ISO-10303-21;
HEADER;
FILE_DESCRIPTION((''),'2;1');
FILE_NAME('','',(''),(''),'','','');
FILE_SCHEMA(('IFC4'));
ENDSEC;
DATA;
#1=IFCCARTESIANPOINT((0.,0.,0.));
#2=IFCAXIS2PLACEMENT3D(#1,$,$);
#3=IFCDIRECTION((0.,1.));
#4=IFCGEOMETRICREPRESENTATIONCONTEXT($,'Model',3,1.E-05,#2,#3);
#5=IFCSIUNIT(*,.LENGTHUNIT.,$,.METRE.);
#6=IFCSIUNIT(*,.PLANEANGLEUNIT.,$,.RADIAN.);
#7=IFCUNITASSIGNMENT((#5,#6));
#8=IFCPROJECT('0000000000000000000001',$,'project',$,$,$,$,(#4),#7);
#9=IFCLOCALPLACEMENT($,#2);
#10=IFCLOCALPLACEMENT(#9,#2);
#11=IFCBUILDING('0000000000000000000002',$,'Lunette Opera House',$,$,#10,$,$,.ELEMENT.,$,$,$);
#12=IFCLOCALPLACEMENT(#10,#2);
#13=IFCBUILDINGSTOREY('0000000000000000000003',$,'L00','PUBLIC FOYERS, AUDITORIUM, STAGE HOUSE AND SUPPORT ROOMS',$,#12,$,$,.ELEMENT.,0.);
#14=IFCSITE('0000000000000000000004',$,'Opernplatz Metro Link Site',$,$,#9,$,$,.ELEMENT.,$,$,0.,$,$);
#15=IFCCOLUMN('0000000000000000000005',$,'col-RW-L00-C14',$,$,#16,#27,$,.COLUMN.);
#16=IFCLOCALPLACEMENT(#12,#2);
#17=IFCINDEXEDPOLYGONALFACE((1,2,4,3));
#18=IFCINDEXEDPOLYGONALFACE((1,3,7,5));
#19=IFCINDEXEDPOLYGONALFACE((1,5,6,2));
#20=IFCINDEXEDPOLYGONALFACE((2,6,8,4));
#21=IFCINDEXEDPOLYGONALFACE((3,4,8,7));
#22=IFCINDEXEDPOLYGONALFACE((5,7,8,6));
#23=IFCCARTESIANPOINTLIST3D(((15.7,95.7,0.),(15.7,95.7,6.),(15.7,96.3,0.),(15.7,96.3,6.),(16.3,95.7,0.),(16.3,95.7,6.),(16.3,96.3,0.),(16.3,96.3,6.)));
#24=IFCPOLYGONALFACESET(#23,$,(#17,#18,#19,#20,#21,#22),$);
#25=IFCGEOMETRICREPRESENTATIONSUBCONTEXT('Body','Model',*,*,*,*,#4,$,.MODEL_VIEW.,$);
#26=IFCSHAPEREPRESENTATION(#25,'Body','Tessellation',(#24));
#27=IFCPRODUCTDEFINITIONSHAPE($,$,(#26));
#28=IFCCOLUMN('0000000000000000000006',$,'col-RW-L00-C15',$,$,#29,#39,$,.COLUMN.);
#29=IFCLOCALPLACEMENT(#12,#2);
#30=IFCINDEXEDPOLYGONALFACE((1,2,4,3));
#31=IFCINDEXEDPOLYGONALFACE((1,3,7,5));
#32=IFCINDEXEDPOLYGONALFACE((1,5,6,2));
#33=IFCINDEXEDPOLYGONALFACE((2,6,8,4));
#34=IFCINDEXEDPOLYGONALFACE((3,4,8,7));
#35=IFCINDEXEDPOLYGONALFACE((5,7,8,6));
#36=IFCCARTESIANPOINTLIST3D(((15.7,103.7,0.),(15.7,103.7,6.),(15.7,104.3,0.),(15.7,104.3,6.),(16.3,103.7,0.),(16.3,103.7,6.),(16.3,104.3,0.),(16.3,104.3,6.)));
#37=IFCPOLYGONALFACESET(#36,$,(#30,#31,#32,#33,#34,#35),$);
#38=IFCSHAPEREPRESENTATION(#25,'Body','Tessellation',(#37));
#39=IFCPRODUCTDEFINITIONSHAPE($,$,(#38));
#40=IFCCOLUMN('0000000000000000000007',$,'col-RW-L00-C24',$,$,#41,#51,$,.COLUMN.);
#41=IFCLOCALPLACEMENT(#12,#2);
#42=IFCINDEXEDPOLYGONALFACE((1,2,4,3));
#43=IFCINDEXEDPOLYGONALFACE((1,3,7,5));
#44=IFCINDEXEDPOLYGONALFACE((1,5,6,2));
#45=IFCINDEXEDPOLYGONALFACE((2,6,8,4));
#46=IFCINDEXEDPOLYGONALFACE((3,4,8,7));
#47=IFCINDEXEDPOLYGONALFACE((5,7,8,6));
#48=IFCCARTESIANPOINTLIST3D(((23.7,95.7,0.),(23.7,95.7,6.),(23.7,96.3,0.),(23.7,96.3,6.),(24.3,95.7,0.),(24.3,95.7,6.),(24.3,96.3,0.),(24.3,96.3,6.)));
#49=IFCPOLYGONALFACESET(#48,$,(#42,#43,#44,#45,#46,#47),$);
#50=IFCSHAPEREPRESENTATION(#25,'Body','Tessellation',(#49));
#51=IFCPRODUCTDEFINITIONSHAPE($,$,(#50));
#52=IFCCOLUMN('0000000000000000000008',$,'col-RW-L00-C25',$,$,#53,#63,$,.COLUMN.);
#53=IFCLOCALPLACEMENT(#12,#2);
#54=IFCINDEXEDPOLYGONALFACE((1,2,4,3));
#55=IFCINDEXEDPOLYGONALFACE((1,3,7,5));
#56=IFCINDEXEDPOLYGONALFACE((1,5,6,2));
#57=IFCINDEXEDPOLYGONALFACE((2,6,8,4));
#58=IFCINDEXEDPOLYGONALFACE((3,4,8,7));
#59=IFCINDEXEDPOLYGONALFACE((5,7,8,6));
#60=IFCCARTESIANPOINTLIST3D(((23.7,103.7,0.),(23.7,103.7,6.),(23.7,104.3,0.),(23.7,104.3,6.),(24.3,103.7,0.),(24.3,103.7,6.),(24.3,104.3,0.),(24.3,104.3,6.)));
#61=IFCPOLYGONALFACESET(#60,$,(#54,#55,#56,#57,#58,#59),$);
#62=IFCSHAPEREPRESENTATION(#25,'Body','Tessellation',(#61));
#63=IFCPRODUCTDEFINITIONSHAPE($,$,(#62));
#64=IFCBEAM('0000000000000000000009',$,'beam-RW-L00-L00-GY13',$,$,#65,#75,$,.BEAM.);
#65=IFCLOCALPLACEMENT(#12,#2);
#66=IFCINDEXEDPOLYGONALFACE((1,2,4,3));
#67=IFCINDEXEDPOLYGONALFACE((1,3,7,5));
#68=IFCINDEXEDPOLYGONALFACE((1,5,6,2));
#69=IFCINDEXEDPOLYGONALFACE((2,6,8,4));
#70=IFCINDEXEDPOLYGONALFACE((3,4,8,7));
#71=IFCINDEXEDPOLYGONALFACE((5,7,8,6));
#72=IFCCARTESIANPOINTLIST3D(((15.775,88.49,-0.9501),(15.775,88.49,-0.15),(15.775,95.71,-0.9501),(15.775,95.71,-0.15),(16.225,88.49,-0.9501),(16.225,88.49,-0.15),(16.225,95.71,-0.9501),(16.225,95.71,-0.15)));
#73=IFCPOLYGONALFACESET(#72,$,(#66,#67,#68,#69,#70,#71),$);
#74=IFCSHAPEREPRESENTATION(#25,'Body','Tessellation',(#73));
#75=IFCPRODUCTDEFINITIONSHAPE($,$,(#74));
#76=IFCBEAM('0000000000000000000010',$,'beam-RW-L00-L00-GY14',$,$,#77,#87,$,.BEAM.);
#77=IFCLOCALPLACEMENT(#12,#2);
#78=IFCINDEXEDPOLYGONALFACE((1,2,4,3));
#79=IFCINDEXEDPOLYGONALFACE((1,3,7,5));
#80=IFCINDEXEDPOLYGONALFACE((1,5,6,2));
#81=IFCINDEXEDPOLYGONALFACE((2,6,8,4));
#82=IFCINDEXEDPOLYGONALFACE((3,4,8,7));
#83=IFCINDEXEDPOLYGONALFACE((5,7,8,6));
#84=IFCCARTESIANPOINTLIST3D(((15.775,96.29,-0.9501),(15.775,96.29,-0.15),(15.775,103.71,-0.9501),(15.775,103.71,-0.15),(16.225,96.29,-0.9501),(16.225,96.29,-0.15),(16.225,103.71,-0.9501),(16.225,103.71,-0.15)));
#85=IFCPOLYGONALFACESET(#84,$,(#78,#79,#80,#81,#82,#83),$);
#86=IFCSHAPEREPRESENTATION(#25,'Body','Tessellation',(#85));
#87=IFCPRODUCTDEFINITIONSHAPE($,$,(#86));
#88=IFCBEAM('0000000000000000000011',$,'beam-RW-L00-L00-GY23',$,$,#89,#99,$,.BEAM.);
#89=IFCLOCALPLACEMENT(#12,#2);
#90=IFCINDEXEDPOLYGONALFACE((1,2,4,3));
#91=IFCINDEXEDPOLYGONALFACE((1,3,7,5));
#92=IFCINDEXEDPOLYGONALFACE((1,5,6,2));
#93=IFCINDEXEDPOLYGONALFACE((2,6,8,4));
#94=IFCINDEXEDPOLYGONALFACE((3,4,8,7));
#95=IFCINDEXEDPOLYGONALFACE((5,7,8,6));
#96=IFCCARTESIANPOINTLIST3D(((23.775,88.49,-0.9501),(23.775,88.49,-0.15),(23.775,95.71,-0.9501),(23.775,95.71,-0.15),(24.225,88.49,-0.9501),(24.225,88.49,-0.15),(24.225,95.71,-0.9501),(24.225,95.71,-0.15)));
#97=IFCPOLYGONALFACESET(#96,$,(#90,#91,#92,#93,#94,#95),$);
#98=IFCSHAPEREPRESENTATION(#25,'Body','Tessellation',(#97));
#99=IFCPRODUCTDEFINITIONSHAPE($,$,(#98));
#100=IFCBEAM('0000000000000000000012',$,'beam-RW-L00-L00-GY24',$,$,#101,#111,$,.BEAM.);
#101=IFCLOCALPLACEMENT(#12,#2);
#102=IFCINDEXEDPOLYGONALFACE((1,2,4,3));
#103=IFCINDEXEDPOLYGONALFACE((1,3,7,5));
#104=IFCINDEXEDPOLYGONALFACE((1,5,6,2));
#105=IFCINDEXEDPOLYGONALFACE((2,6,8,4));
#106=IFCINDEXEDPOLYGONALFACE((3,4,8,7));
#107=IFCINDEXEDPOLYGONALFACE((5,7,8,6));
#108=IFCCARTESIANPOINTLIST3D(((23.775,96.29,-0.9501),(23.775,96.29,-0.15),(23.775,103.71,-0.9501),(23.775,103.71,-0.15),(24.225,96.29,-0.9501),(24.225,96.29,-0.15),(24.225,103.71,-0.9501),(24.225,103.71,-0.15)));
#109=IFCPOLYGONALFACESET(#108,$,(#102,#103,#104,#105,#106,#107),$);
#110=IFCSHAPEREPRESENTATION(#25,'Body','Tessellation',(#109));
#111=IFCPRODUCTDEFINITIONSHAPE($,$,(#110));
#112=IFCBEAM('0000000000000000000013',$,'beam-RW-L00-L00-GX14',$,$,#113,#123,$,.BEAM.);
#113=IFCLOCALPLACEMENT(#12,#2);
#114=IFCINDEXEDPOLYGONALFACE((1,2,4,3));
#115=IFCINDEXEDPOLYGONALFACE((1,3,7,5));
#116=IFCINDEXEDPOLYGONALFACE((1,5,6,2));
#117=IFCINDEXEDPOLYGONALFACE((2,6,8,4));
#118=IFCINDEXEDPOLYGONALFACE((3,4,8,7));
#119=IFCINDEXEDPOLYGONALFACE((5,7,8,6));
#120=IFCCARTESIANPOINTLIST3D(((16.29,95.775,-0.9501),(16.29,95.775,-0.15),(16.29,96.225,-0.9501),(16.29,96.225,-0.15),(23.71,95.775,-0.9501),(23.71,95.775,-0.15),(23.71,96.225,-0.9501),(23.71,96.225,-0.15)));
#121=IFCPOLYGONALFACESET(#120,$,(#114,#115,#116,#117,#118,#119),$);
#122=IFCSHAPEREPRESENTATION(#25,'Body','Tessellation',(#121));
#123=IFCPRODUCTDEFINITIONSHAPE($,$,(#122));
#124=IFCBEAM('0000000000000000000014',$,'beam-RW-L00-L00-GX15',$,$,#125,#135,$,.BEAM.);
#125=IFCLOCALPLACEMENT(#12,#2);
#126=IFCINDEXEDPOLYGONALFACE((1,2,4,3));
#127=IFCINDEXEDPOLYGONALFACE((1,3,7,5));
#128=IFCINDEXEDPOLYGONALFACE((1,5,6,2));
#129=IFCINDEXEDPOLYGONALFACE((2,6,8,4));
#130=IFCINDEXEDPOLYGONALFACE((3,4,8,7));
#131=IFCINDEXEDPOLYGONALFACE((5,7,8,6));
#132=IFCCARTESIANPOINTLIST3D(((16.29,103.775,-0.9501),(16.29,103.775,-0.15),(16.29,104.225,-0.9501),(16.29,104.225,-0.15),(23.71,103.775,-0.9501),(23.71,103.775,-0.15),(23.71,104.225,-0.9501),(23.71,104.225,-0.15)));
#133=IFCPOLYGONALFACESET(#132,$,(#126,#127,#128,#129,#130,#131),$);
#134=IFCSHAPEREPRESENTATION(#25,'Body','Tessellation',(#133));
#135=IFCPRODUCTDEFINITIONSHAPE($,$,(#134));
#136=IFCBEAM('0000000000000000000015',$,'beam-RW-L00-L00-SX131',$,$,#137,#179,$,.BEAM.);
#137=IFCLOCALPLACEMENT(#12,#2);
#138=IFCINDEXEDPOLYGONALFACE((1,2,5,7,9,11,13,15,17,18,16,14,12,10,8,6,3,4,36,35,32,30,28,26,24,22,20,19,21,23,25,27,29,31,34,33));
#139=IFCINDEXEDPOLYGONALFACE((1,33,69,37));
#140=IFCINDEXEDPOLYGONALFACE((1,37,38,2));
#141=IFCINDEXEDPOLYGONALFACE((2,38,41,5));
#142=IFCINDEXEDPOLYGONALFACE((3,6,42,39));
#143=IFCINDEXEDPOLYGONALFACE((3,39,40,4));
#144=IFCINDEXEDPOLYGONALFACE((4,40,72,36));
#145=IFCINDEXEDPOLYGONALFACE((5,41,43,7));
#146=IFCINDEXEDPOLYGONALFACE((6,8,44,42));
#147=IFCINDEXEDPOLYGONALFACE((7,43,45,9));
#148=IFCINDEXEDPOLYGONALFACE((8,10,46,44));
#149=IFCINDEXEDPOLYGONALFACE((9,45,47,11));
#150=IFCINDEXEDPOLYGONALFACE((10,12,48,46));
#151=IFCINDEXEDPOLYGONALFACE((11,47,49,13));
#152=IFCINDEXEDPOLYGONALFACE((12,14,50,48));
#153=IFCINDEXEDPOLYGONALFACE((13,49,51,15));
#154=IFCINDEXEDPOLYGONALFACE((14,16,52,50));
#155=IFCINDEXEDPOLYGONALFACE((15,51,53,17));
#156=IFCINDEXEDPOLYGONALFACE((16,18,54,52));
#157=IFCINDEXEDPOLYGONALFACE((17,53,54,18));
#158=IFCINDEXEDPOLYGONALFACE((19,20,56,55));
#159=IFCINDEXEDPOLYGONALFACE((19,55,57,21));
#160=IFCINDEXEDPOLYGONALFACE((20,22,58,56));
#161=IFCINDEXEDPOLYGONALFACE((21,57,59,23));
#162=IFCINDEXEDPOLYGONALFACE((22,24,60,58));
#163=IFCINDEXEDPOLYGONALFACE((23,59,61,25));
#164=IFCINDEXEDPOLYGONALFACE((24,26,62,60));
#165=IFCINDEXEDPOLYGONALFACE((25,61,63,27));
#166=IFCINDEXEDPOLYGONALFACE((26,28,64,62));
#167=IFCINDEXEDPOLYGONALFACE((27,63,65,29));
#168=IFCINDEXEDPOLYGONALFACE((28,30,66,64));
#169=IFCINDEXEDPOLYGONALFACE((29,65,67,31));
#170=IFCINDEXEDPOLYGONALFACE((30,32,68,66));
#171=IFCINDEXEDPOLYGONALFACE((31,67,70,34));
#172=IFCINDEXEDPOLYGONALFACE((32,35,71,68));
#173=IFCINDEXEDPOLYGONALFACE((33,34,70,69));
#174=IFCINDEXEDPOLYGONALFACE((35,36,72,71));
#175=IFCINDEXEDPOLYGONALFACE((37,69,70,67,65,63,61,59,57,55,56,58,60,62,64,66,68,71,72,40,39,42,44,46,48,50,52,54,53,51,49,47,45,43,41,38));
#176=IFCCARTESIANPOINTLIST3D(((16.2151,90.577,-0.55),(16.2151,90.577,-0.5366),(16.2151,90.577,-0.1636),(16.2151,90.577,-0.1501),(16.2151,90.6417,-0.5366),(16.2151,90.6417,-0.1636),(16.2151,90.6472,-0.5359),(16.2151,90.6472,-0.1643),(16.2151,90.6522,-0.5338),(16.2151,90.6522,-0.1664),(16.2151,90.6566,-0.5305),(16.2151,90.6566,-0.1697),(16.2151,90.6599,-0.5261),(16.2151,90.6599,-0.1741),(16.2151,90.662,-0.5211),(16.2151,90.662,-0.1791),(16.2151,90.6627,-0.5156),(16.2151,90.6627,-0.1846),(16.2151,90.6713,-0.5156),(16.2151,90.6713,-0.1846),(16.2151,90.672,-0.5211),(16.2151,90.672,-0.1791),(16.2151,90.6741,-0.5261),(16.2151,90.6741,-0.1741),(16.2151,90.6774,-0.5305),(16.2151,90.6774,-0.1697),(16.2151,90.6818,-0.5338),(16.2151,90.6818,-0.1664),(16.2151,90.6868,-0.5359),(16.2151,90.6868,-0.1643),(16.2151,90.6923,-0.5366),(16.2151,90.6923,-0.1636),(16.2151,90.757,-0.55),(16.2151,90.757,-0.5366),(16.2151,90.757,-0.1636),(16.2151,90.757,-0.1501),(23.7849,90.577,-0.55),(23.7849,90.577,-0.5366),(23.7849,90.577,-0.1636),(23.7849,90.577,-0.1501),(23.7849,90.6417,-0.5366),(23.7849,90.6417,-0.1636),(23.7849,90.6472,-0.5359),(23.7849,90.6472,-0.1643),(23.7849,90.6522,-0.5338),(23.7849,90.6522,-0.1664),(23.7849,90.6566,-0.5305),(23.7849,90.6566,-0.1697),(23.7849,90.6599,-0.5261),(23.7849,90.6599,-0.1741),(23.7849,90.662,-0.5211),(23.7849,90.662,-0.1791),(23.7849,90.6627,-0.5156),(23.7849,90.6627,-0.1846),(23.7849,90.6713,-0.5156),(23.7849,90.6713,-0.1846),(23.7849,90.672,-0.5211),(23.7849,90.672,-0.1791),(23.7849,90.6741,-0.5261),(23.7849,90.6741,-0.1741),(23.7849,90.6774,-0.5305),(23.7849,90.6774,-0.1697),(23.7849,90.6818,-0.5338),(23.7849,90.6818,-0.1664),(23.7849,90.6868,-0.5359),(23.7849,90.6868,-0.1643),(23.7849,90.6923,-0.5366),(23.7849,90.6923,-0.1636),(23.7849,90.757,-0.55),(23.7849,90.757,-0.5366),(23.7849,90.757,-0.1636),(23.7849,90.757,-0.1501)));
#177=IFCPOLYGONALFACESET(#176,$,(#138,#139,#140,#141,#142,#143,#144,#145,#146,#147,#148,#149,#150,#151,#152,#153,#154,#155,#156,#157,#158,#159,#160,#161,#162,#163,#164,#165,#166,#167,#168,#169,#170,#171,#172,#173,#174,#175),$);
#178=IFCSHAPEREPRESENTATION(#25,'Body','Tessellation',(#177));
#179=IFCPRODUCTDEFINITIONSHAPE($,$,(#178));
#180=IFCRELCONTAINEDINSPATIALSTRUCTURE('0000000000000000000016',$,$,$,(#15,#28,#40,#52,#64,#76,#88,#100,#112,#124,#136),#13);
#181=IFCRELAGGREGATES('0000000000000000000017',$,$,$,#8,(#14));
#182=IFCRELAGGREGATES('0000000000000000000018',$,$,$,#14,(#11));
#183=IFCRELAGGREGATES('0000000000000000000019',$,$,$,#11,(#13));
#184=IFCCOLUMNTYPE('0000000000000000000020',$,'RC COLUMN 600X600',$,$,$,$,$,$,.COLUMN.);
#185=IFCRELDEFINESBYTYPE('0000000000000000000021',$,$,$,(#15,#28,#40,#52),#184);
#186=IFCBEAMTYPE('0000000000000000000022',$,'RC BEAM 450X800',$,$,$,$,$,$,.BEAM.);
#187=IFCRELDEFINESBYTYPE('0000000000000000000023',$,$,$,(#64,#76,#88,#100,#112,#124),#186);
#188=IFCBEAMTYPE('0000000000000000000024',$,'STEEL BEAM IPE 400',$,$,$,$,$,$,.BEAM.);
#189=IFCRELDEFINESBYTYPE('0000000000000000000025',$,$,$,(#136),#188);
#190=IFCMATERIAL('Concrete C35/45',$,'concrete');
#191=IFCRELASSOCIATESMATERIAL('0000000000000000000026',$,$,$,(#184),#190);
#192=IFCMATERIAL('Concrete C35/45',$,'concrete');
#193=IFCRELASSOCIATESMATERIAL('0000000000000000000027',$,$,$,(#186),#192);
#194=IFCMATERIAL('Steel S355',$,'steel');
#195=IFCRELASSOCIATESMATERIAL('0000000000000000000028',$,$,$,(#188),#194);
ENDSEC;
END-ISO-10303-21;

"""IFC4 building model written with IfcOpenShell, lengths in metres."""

from ifc_helpers import new_model, si_unit, direction, frame, origin, origin_2d, place, context, subcontext, project, spatial, rectangle, i_section, extrude, material, material_profile, profile_set, type_object, element, save


model = new_model("IFC4")

# Units and contexts
model_context = context("Model", 3, precision=1e-05, world=origin(), true_north=direction((0.0, 1.0)))
body_context = subcontext(model_context, "Body", "Model", "MODEL_VIEW")
ifc_project = project(units=[si_unit("LENGTHUNIT", "METRE"), si_unit("PLANEANGLEUNIT", "RADIAN")], contexts=[model_context])

# Site, building, storey
site_placement = place(None, origin())
site = spatial("IfcSite", under=ifc_project, at=site_placement, Name="Opernplatz Metro Link Site", CompositionType="ELEMENT", RefElevation=0.0)
building_placement = place(site_placement, origin())
building = spatial("IfcBuilding", under=site, at=building_placement, Name="Lunette Opera House", CompositionType="ELEMENT")
storey_placement = place(building_placement, origin())
storey = spatial("IfcBuildingStorey", under=building, at=storey_placement, Name="L00", Description="PUBLIC FOYERS, AUDITORIUM, STAGE HOUSE AND SUPPORT ROOMS", CompositionType="ELEMENT", Elevation=0.0)

# Columns
ifc_material_1 = material(Name="Concrete C35/45", Category="concrete")
ifc_material_profile_1 = material_profile(ifc_material_1, rectangle(XDim=0.6001, YDim=0.6001, at=origin_2d()), Name="RC COLUMN 600X600")
ifc_profile_set_1 = profile_set([ifc_material_profile_1], Name="Concrete C35/45")
column_type = type_object("IfcColumnType", Name="RC COLUMN 600X600", PredefinedType="COLUMN", material=ifc_profile_set_1)
for number, where, z_axis, x_axis, name in (
    (1, (16.0, 96.0, 0.0), (0.0, 0.0, 1.0), (1.0, 0.0, 0.0), "col-RW-L00-C14"),
    (2, (16.0, 104.0, 0.0), (0.0, 0.0, 1.0), (1.0, 0.0, 0.0), "col-RW-L00-C15"),
    (3, (24.0, 96.0, 0.0), (0.0, 0.0, 1.0), (1.0, 0.0, 0.0), "col-RW-L00-C24"),
    (4, (24.0, 104.0, 0.0), (0.0, 0.0, 1.0), (1.0, 0.0, 0.0), "col-RW-L00-C25"),
):
    element("IfcColumn", number, at=place(storey_placement, frame(where, z_axis=z_axis, x_axis=x_axis)), inside=storey, type_object=column_type, Name=name, PredefinedType="COLUMN", context=body_context, shape_type="SweptSolid", body=[
        extrude(rectangle(XDim=0.6001, YDim=0.6001, at=origin_2d()), origin(), (0.0, 0.0, 1.0), 6.0),
    ])

# Beams
ifc_material_2 = material(Name="Concrete C35/45", Category="concrete")
ifc_material_profile_2 = material_profile(ifc_material_2, rectangle(XDim=0.45, YDim=0.8, at=origin_2d()), Name="RC BEAM 450X800")
ifc_profile_set_2 = profile_set([ifc_material_profile_2], Name="Concrete C35/45")
beam_type_1 = type_object("IfcBeamType", Name="RC BEAM 450X800", PredefinedType="BEAM", material=ifc_profile_set_2)
beam_1_placement = place(storey_placement, frame((16.0, 88.49, -0.55), z_axis=(0.0, 1.0, 0.0), x_axis=(-1.0, 0.0, 0.0)))
element("IfcBeam", 5, at=beam_1_placement, inside=storey, type_object=beam_type_1, Name="beam-RW-L00-L00-GY13", PredefinedType="BEAM", context=body_context, shape_type="SweptSolid", body=[
    extrude(rectangle(XDim=0.45, YDim=0.8, at=origin_2d()), origin(), (0.0, 0.0, 1.0), 7.22),
])
beam_2_placement = place(storey_placement, frame((16.0, 96.29, -0.55), z_axis=(0.0, 1.0, 0.0), x_axis=(-1.0, 0.0, 0.0)))
element("IfcBeam", 6, at=beam_2_placement, inside=storey, type_object=beam_type_1, Name="beam-RW-L00-L00-GY14", PredefinedType="BEAM", context=body_context, shape_type="SweptSolid", body=[
    extrude(rectangle(XDim=0.45, YDim=0.8, at=origin_2d()), origin(), (0.0, 0.0, 1.0), 7.4199),
])
beam_3_placement = place(storey_placement, frame((24.0, 88.49, -0.55), z_axis=(0.0, 1.0, 0.0), x_axis=(-1.0, 0.0, 0.0)))
element("IfcBeam", 7, at=beam_3_placement, inside=storey, type_object=beam_type_1, Name="beam-RW-L00-L00-GY23", PredefinedType="BEAM", context=body_context, shape_type="SweptSolid", body=[
    extrude(rectangle(XDim=0.45, YDim=0.8, at=origin_2d()), origin(), (0.0, 0.0, 1.0), 7.22),
])
for number, where, z_axis, x_axis, name in (
    (8, (24.0, 96.29, -0.55), (0.0, 1.0, 0.0), (-1.0, 0.0, 0.0), "beam-RW-L00-L00-GY24"),
    (9, (16.29, 96.0, -0.55), (1.0, 0.0, 0.0), (0.0, 1.0, 0.0), "beam-RW-L00-L00-GX14"),
    (10, (16.29, 104.0, -0.55), (1.0, 0.0, 0.0), (0.0, 1.0, 0.0), "beam-RW-L00-L00-GX15"),
):
    element("IfcBeam", number, at=place(storey_placement, frame(where, z_axis=z_axis, x_axis=x_axis)), inside=storey, type_object=beam_type_1, Name=name, PredefinedType="BEAM", context=body_context, shape_type="SweptSolid", body=[
        extrude(rectangle(XDim=0.45, YDim=0.8, at=origin_2d()), origin(), (0.0, 0.0, 1.0), 7.4199),
    ])
ifc_material_3 = material(Name="Steel S355", Category="steel")
ifc_material_profile_3 = material_profile(ifc_material_3, i_section(OverallWidth=0.1799, OverallDepth=0.3999, WebThickness=0.0085, FlangeThickness=0.0134, FilletRadius=0.021, at=origin_2d()), Name="IPE 400")
ifc_profile_set_3 = profile_set([ifc_material_profile_3], Name="Steel S355")
beam_type_2 = type_object("IfcBeamType", Name="STEEL BEAM IPE 400", PredefinedType="BEAM", material=ifc_profile_set_3)
for number, where, z_axis, x_axis, name in (
    (11, (16.2151, 90.667, -0.3501), (1.0, 0.0, 0.0), (0.0, 1.0, 0.0), "beam-RW-L00-L00-SX131"),
):
    element("IfcBeam", number, at=place(storey_placement, frame(where, z_axis=z_axis, x_axis=x_axis)), inside=storey, type_object=beam_type_2, Name=name, PredefinedType="BEAM", context=body_context, shape_type="SweptSolid", body=[
        extrude(i_section(OverallWidth=0.1799, OverallDepth=0.3999, WebThickness=0.0085, FlangeThickness=0.0134, FilletRadius=0.021, at=origin_2d()), origin(), (0.0, 0.0, 1.0), 7.5698),
    ])

save(model, "model.ifc")
